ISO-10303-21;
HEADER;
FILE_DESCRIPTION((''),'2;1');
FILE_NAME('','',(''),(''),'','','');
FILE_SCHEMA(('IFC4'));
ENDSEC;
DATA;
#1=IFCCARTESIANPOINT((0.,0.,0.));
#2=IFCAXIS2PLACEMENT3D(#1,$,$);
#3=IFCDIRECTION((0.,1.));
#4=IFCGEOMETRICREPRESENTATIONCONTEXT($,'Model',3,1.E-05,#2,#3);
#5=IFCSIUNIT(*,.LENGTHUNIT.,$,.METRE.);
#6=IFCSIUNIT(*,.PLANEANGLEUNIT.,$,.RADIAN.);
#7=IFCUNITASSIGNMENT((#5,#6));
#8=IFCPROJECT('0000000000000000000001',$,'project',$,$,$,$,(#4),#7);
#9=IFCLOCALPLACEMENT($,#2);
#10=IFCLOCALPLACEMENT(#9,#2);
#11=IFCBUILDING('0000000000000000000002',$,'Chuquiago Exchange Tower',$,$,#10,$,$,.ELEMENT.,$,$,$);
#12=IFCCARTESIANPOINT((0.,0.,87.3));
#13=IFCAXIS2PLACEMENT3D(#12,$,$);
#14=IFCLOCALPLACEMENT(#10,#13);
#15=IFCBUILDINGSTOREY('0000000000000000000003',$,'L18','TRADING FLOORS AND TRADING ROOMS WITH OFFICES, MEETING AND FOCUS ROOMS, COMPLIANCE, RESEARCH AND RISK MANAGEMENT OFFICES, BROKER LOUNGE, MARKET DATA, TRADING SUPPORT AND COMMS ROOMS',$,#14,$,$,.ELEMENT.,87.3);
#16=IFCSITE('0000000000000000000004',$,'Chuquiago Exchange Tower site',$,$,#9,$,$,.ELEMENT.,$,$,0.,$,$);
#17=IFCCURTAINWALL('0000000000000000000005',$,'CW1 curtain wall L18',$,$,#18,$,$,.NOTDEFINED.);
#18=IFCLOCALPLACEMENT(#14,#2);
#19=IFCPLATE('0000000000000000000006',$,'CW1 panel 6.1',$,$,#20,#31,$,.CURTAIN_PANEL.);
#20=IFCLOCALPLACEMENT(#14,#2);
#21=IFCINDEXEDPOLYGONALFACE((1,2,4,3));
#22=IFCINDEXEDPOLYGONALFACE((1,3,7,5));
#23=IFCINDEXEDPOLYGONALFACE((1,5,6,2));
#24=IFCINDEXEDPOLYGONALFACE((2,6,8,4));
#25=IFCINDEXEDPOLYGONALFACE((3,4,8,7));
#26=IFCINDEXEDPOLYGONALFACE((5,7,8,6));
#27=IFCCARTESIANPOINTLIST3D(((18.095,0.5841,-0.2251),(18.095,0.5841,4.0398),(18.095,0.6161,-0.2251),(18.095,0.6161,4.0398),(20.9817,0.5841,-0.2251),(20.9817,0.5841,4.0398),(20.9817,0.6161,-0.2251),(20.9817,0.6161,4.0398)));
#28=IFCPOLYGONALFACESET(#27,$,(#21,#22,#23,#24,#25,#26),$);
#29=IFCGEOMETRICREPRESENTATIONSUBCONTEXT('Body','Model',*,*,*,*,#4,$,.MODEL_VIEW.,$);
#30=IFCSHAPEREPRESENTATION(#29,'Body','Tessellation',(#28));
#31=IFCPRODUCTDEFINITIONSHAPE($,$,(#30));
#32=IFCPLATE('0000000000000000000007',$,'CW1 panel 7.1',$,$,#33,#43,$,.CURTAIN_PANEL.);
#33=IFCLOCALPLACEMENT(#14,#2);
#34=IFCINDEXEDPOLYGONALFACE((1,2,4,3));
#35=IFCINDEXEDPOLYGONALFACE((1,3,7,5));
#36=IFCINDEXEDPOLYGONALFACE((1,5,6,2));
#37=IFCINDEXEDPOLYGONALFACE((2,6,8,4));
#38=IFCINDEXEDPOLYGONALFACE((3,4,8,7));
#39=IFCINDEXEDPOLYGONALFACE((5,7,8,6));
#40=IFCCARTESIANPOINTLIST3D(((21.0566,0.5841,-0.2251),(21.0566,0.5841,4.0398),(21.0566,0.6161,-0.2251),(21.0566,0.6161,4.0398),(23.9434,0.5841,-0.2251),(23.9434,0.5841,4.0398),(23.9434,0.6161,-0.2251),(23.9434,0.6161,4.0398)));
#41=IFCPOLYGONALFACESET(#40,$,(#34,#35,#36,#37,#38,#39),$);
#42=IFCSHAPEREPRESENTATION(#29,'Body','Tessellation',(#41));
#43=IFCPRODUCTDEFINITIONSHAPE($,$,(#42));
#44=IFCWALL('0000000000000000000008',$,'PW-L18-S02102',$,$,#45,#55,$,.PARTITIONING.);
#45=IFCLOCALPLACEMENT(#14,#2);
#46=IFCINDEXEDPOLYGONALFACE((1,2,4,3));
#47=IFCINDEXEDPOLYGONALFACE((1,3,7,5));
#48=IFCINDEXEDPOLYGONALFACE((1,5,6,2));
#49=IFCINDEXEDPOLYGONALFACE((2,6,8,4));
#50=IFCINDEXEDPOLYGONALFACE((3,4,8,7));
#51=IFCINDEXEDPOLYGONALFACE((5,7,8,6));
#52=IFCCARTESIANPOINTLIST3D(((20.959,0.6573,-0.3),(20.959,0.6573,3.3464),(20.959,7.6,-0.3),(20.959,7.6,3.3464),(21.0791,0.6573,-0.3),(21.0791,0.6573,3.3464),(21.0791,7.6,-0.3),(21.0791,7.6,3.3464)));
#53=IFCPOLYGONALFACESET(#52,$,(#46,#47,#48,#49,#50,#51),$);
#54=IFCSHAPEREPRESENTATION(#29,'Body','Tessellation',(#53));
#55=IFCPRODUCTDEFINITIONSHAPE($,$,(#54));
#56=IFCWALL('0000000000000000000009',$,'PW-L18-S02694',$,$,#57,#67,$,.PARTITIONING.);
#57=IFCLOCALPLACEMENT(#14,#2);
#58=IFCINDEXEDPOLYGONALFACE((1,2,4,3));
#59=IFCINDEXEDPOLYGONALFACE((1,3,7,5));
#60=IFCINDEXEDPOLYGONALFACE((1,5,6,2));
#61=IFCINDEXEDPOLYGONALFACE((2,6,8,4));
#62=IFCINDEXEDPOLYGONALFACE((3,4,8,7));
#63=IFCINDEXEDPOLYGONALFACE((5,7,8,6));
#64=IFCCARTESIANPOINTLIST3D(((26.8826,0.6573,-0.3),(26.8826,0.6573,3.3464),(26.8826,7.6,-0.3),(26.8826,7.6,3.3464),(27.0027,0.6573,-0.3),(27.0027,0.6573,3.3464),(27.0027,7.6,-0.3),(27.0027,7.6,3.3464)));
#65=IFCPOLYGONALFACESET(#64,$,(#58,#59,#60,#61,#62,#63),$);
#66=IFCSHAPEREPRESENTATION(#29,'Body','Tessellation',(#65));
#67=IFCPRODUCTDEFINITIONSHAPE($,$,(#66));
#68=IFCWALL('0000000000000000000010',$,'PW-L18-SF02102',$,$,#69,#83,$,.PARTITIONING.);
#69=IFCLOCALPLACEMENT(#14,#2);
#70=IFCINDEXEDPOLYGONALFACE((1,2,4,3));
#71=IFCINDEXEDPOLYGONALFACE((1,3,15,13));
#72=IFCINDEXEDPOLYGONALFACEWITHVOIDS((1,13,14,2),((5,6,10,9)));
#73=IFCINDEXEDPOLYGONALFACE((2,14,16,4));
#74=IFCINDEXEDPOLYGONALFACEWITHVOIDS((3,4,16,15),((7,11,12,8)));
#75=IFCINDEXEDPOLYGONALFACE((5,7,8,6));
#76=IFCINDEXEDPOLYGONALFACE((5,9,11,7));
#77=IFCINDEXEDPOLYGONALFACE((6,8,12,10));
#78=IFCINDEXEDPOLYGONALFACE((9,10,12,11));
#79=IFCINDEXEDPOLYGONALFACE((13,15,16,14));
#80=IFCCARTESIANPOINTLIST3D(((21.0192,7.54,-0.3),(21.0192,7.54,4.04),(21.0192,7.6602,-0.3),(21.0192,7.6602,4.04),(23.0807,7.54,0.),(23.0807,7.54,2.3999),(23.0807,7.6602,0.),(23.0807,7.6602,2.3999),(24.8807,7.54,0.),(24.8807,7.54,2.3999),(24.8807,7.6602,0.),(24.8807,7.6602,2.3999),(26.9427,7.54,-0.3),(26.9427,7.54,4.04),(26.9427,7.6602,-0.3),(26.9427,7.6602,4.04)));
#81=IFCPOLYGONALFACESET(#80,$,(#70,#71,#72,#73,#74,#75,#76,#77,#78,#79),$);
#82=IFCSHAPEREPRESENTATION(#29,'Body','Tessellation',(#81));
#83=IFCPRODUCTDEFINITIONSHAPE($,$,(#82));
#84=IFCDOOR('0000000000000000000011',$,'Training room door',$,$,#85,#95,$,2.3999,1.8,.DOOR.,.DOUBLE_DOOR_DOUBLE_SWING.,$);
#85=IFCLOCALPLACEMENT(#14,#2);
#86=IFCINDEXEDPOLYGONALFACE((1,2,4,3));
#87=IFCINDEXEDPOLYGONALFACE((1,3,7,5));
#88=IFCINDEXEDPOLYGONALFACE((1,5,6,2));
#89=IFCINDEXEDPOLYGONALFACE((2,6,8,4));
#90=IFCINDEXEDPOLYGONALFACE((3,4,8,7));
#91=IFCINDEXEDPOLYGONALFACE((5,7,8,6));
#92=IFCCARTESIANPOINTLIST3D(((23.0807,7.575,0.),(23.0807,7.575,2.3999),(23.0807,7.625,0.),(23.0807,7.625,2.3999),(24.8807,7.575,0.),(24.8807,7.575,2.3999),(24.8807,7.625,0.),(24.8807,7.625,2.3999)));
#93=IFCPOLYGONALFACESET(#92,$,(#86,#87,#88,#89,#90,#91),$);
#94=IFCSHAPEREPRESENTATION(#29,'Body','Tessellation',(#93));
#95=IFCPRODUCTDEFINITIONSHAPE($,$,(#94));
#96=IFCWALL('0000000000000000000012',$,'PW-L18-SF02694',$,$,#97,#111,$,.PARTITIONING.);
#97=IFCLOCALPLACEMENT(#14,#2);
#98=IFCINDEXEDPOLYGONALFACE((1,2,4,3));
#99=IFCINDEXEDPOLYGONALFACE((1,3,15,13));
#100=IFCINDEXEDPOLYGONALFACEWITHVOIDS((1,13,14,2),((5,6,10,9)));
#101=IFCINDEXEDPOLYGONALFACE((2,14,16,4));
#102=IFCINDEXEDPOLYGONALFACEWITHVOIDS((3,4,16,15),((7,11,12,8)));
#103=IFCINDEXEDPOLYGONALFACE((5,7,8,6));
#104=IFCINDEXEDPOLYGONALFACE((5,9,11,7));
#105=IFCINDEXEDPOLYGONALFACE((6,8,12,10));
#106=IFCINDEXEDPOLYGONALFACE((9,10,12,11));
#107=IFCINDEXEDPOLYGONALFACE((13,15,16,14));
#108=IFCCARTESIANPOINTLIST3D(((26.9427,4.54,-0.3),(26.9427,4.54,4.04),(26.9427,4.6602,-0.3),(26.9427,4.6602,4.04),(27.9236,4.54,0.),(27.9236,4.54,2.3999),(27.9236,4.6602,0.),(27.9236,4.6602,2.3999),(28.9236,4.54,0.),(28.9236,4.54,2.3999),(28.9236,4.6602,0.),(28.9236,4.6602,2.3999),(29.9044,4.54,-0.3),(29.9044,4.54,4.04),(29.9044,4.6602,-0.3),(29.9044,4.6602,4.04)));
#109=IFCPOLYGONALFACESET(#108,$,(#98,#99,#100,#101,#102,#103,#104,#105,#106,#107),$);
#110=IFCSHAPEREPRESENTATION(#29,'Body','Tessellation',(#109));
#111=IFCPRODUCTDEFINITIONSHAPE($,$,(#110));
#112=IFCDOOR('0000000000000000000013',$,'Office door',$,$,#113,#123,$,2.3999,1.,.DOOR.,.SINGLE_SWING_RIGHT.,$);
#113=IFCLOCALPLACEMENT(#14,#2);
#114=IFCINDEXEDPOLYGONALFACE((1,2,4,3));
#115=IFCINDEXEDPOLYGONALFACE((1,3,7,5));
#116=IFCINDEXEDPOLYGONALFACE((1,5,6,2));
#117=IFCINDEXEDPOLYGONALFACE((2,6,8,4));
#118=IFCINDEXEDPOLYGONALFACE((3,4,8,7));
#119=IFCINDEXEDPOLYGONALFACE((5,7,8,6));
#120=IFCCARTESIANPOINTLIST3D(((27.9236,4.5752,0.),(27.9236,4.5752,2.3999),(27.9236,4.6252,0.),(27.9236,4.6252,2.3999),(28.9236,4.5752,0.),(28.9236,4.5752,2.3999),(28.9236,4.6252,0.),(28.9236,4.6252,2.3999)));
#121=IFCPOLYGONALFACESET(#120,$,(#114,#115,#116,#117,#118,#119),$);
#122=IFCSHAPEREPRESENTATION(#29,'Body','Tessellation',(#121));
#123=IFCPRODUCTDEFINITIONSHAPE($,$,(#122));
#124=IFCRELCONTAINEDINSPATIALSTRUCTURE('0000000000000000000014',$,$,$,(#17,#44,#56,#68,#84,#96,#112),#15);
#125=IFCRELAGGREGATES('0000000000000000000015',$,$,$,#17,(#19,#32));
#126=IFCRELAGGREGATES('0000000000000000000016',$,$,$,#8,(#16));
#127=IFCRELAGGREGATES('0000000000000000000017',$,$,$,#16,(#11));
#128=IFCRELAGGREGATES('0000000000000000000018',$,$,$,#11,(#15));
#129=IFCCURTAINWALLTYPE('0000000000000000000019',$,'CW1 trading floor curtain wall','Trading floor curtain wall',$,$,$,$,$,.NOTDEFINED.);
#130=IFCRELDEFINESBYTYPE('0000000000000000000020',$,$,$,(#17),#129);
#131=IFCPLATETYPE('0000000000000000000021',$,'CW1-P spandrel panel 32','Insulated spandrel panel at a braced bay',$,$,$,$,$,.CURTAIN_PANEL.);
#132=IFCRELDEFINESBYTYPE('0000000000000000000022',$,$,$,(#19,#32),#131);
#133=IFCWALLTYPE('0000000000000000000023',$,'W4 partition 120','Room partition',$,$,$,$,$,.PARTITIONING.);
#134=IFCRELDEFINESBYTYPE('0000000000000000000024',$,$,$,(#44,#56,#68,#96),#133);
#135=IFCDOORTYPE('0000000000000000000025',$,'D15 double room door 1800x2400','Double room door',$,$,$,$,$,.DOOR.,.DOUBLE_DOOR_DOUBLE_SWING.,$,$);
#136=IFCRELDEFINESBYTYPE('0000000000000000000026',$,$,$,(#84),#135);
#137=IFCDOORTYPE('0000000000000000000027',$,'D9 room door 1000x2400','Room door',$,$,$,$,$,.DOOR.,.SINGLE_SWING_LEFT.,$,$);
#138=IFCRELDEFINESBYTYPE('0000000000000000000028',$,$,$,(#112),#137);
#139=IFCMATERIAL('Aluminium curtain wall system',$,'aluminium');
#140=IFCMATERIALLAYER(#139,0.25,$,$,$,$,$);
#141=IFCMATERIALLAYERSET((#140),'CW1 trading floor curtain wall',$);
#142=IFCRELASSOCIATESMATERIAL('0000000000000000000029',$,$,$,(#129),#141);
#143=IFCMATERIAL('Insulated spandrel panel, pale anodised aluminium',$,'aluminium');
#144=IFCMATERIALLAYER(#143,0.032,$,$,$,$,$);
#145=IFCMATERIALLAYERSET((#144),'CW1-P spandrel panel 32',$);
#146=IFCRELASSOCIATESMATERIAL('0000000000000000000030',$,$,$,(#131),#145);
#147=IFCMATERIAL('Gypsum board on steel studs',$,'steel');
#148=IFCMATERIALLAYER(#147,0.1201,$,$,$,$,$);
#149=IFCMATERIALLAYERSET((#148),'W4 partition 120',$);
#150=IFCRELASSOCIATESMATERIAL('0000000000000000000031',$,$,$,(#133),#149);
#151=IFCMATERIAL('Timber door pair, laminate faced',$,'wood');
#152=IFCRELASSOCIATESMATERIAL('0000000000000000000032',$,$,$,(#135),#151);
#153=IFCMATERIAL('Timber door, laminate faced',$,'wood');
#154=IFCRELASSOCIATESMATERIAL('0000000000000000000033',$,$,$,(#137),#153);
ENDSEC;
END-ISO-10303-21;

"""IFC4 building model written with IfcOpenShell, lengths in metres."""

from ifc_helpers import new_model, si_unit, direction, frame, frame_2d, origin, origin_2d, place, context, subcontext, project, spatial, rectangle, extrude, material, layer, layer_set, type_object, element, fill, aggregate, save


model = new_model("IFC4")

# Units and contexts
model_context = context("Model", 3, precision=1e-05, world=origin(), true_north=direction((0.0, 1.0)))
body_context = subcontext(model_context, "Body", "Model", "MODEL_VIEW")
ifc_project = project(units=[si_unit("LENGTHUNIT", "METRE"), si_unit("PLANEANGLEUNIT", "RADIAN")], contexts=[model_context])

# Site, building, storey
site_placement = place(None, origin())
site = spatial("IfcSite", under=ifc_project, at=site_placement, Name="Chuquiago Exchange Tower site", CompositionType="ELEMENT", RefElevation=0.0)
building_placement = place(site_placement, origin())
building = spatial("IfcBuilding", under=site, at=building_placement, Name="Chuquiago Exchange Tower", CompositionType="ELEMENT")
storey_placement = place(building_placement, frame((0.0, 0.0, 87.3)))
storey = spatial("IfcBuildingStorey", under=building, at=storey_placement, Name="L18", Description="TRADING FLOORS AND TRADING ROOMS WITH OFFICES, MEETING AND FOCUS ROOMS, COMPLIANCE, RESEARCH AND RISK MANAGEMENT OFFICES, BROKER LOUNGE, MARKET DATA, TRADING SUPPORT AND COMMS ROOMS", CompositionType="ELEMENT", Elevation=87.3)

# Curtain wall
ifc_material_1 = material(Name="Aluminium curtain wall system", Category="aluminium")
ifc_layer_1 = layer(ifc_material_1, 0.25)
ifc_layer_set_1 = layer_set([ifc_layer_1], Name="CW1 trading floor curtain wall")
curtain_wall_type = type_object("IfcCurtainWallType", Name="CW1 trading floor curtain wall", Description="Trading floor curtain wall", PredefinedType="NOTDEFINED", material=ifc_layer_set_1)
curtain_wall_placement = place(storey_placement, origin())
curtain_wall = element("IfcCurtainWall", 1, at=curtain_wall_placement, inside=storey, type_object=curtain_wall_type, Name="CW1 curtain wall L18", PredefinedType="NOTDEFINED")

# Plates
ifc_material_2 = material(Name="Insulated spandrel panel, pale anodised aluminium", Category="aluminium")
ifc_layer_2 = layer(ifc_material_2, 0.032)
ifc_layer_set_2 = layer_set([ifc_layer_2], Name="CW1-P spandrel panel 32")
plate_type_1 = type_object("IfcPlateType", Name="CW1-P spandrel panel 32", Description="Insulated spandrel panel at a braced bay", PredefinedType="CURTAIN_PANEL", material=ifc_layer_set_2)
plate_1_placement = place(storey_placement, frame((19.5383, 0.6001, -0.2251), z_axis=(0.0, 0.0, 1.0), x_axis=(1.0, 0.0, 0.0)))
plate_1 = element("IfcPlate", 2, at=plate_1_placement, type_object=plate_type_1, Name="CW1 panel 6.1", PredefinedType="CURTAIN_PANEL", context=body_context, shape_type="SweptSolid", body=[
    extrude(rectangle(XDim=2.8867, YDim=0.032, at=origin_2d()), origin(), (0.0, 0.0, 1.0), 4.2649),
])
plate_2_placement = place(storey_placement, frame((22.5, 0.6001, -0.2251), z_axis=(0.0, 0.0, 1.0), x_axis=(1.0, 0.0, 0.0)))
plate_2 = element("IfcPlate", 3, at=plate_2_placement, type_object=plate_type_1, Name="CW1 panel 7.1", PredefinedType="CURTAIN_PANEL", context=body_context, shape_type="SweptSolid", body=[
    extrude(rectangle(XDim=2.8867, YDim=0.032, at=origin_2d()), origin(), (0.0, 0.0, 1.0), 4.2649),
])
aggregate(curtain_wall, [plate_1, plate_2])

# Walls
ifc_material_3 = material(Name="Gypsum board on steel studs", Category="steel")
ifc_layer_3 = layer(ifc_material_3, 0.1201)
ifc_layer_set_3 = layer_set([ifc_layer_3], Name="W4 partition 120")
wall_type = type_object("IfcWallType", Name="W4 partition 120", Description="Room partition", PredefinedType="PARTITIONING", material=ifc_layer_set_3)
for number, where, z_axis, x_axis, name in (
    (4, (21.019, 0.6575, -0.3), (0.0, 0.0, 1.0), (0.0, 1.0, 0.0), "PW-L18-S02102"),
    (5, (26.9426, 0.6575, -0.3), (0.0, 0.0, 1.0), (0.0, 1.0, 0.0), "PW-L18-S02694"),
):
    element("IfcWall", number, at=place(storey_placement, frame(where, z_axis=z_axis, x_axis=x_axis)), inside=storey, type_object=wall_type, Name=name, PredefinedType="PARTITIONING", context=body_context, shape_type="SweptSolid", body=[
        extrude(rectangle(XDim=6.9426, YDim=0.1201, at=frame_2d((3.4712, 0.0))), origin(), (0.0, 0.0, 1.0), 3.6465),
    ])

# Walls, openings, doors
wall_1_placement = place(storey_placement, frame((21.019, 7.6001, -0.3), z_axis=(0.0, 0.0, 1.0), x_axis=(1.0, 0.0, 0.0)))
wall_1 = element("IfcWall", 6, at=wall_1_placement, inside=storey, type_object=wall_type, Name="PW-L18-SF02102", PredefinedType="PARTITIONING", context=body_context, shape_type="SweptSolid", body=[
    extrude(rectangle(XDim=5.9236, YDim=0.1201, at=frame_2d((2.9619, 0.0))), origin(), (0.0, 0.0, 1.0), 4.3401),
])
opening_1_placement = place(wall_1_placement, frame((2.0618, 0.0, 0.3)))
opening_1 = element("IfcOpeningElement", 7, at=opening_1_placement, cuts=wall_1, PredefinedType="OPENING", context=body_context, shape_type="SweptSolid", body=[
    extrude(rectangle(XDim=1.8, YDim=2.3999, at=frame_2d((0.8999, 1.2))), frame((0.0, 0.0701, 0.0), z_axis=(0.0, -1.0, 0.0), x_axis=(1.0, 0.0, 0.0)), (0.0, 0.0, 1.0), 0.1401),
])
ifc_material_4 = material(Name="Timber door pair, laminate faced", Category="wood")
door_type_1 = type_object("IfcDoorType", Name="D15 double room door 1800x2400", Description="Double room door", OperationType="DOUBLE_DOOR_DOUBLE_SWING", PredefinedType="DOOR", material=ifc_material_4)
door_1_placement = place(opening_1_placement, origin())
door_1 = element("IfcDoor", 8, at=door_1_placement, inside=storey, type_object=door_type_1, Name="Training room door", OperationType="DOUBLE_DOOR_DOUBLE_SWING", OverallHeight=2.3999, OverallWidth=1.8, PredefinedType="DOOR", context=body_context, shape_type="SweptSolid", body=[
    extrude(rectangle(XDim=1.8, YDim=2.3999, at=frame_2d((0.8999, 1.2))), frame((0.0, 0.0249, 0.0), z_axis=(0.0, -1.0, 0.0), x_axis=(1.0, 0.0, 0.0)), (0.0, 0.0, 1.0), 0.05),
])
fill(opening_1, door_1)
wall_2_placement = place(storey_placement, frame((26.9426, 4.6001, -0.3), z_axis=(0.0, 0.0, 1.0), x_axis=(1.0, 0.0, 0.0)))
wall_2 = element("IfcWall", 9, at=wall_2_placement, inside=storey, type_object=wall_type, Name="PW-L18-SF02694", PredefinedType="PARTITIONING", context=body_context, shape_type="SweptSolid", body=[
    extrude(rectangle(XDim=2.9617, YDim=0.1201, at=frame_2d((1.481, 0.0))), origin(), (0.0, 0.0, 1.0), 4.3401),
])
opening_2_placement = place(wall_2_placement, frame((0.981, 0.0, 0.3)))
opening_2 = element("IfcOpeningElement", 10, at=opening_2_placement, cuts=wall_2, PredefinedType="OPENING", context=body_context, shape_type="SweptSolid", body=[
    extrude(rectangle(XDim=1.0, YDim=2.3999, at=frame_2d((0.5, 1.2))), frame((0.0, 0.0701, 0.0), z_axis=(0.0, -1.0, 0.0), x_axis=(1.0, 0.0, 0.0)), (0.0, 0.0, 1.0), 0.1401),
])
ifc_material_5 = material(Name="Timber door, laminate faced", Category="wood")
door_type_2 = type_object("IfcDoorType", Name="D9 room door 1000x2400", Description="Room door", OperationType="SINGLE_SWING_LEFT", PredefinedType="DOOR", material=ifc_material_5)
door_2_placement = place(opening_2_placement, frame((1.0, 0.0, 0.0), z_axis=(0.0, 0.0, 1.0), x_axis=(-1.0, 0.0, 0.0)))
door_2 = element("IfcDoor", 11, at=door_2_placement, inside=storey, type_object=door_type_2, Name="Office door", OperationType="SINGLE_SWING_RIGHT", OverallHeight=2.3999, OverallWidth=1.0, PredefinedType="DOOR", context=body_context, shape_type="SweptSolid", body=[
    extrude(rectangle(XDim=1.0, YDim=2.3999, at=frame_2d((0.5, 1.2))), frame((0.0, 0.0249, 0.0), z_axis=(0.0, -1.0, 0.0), x_axis=(1.0, 0.0, 0.0)), (0.0, 0.0, 1.0), 0.05),
])
fill(opening_2, door_2)

save(model, "model.ifc")
